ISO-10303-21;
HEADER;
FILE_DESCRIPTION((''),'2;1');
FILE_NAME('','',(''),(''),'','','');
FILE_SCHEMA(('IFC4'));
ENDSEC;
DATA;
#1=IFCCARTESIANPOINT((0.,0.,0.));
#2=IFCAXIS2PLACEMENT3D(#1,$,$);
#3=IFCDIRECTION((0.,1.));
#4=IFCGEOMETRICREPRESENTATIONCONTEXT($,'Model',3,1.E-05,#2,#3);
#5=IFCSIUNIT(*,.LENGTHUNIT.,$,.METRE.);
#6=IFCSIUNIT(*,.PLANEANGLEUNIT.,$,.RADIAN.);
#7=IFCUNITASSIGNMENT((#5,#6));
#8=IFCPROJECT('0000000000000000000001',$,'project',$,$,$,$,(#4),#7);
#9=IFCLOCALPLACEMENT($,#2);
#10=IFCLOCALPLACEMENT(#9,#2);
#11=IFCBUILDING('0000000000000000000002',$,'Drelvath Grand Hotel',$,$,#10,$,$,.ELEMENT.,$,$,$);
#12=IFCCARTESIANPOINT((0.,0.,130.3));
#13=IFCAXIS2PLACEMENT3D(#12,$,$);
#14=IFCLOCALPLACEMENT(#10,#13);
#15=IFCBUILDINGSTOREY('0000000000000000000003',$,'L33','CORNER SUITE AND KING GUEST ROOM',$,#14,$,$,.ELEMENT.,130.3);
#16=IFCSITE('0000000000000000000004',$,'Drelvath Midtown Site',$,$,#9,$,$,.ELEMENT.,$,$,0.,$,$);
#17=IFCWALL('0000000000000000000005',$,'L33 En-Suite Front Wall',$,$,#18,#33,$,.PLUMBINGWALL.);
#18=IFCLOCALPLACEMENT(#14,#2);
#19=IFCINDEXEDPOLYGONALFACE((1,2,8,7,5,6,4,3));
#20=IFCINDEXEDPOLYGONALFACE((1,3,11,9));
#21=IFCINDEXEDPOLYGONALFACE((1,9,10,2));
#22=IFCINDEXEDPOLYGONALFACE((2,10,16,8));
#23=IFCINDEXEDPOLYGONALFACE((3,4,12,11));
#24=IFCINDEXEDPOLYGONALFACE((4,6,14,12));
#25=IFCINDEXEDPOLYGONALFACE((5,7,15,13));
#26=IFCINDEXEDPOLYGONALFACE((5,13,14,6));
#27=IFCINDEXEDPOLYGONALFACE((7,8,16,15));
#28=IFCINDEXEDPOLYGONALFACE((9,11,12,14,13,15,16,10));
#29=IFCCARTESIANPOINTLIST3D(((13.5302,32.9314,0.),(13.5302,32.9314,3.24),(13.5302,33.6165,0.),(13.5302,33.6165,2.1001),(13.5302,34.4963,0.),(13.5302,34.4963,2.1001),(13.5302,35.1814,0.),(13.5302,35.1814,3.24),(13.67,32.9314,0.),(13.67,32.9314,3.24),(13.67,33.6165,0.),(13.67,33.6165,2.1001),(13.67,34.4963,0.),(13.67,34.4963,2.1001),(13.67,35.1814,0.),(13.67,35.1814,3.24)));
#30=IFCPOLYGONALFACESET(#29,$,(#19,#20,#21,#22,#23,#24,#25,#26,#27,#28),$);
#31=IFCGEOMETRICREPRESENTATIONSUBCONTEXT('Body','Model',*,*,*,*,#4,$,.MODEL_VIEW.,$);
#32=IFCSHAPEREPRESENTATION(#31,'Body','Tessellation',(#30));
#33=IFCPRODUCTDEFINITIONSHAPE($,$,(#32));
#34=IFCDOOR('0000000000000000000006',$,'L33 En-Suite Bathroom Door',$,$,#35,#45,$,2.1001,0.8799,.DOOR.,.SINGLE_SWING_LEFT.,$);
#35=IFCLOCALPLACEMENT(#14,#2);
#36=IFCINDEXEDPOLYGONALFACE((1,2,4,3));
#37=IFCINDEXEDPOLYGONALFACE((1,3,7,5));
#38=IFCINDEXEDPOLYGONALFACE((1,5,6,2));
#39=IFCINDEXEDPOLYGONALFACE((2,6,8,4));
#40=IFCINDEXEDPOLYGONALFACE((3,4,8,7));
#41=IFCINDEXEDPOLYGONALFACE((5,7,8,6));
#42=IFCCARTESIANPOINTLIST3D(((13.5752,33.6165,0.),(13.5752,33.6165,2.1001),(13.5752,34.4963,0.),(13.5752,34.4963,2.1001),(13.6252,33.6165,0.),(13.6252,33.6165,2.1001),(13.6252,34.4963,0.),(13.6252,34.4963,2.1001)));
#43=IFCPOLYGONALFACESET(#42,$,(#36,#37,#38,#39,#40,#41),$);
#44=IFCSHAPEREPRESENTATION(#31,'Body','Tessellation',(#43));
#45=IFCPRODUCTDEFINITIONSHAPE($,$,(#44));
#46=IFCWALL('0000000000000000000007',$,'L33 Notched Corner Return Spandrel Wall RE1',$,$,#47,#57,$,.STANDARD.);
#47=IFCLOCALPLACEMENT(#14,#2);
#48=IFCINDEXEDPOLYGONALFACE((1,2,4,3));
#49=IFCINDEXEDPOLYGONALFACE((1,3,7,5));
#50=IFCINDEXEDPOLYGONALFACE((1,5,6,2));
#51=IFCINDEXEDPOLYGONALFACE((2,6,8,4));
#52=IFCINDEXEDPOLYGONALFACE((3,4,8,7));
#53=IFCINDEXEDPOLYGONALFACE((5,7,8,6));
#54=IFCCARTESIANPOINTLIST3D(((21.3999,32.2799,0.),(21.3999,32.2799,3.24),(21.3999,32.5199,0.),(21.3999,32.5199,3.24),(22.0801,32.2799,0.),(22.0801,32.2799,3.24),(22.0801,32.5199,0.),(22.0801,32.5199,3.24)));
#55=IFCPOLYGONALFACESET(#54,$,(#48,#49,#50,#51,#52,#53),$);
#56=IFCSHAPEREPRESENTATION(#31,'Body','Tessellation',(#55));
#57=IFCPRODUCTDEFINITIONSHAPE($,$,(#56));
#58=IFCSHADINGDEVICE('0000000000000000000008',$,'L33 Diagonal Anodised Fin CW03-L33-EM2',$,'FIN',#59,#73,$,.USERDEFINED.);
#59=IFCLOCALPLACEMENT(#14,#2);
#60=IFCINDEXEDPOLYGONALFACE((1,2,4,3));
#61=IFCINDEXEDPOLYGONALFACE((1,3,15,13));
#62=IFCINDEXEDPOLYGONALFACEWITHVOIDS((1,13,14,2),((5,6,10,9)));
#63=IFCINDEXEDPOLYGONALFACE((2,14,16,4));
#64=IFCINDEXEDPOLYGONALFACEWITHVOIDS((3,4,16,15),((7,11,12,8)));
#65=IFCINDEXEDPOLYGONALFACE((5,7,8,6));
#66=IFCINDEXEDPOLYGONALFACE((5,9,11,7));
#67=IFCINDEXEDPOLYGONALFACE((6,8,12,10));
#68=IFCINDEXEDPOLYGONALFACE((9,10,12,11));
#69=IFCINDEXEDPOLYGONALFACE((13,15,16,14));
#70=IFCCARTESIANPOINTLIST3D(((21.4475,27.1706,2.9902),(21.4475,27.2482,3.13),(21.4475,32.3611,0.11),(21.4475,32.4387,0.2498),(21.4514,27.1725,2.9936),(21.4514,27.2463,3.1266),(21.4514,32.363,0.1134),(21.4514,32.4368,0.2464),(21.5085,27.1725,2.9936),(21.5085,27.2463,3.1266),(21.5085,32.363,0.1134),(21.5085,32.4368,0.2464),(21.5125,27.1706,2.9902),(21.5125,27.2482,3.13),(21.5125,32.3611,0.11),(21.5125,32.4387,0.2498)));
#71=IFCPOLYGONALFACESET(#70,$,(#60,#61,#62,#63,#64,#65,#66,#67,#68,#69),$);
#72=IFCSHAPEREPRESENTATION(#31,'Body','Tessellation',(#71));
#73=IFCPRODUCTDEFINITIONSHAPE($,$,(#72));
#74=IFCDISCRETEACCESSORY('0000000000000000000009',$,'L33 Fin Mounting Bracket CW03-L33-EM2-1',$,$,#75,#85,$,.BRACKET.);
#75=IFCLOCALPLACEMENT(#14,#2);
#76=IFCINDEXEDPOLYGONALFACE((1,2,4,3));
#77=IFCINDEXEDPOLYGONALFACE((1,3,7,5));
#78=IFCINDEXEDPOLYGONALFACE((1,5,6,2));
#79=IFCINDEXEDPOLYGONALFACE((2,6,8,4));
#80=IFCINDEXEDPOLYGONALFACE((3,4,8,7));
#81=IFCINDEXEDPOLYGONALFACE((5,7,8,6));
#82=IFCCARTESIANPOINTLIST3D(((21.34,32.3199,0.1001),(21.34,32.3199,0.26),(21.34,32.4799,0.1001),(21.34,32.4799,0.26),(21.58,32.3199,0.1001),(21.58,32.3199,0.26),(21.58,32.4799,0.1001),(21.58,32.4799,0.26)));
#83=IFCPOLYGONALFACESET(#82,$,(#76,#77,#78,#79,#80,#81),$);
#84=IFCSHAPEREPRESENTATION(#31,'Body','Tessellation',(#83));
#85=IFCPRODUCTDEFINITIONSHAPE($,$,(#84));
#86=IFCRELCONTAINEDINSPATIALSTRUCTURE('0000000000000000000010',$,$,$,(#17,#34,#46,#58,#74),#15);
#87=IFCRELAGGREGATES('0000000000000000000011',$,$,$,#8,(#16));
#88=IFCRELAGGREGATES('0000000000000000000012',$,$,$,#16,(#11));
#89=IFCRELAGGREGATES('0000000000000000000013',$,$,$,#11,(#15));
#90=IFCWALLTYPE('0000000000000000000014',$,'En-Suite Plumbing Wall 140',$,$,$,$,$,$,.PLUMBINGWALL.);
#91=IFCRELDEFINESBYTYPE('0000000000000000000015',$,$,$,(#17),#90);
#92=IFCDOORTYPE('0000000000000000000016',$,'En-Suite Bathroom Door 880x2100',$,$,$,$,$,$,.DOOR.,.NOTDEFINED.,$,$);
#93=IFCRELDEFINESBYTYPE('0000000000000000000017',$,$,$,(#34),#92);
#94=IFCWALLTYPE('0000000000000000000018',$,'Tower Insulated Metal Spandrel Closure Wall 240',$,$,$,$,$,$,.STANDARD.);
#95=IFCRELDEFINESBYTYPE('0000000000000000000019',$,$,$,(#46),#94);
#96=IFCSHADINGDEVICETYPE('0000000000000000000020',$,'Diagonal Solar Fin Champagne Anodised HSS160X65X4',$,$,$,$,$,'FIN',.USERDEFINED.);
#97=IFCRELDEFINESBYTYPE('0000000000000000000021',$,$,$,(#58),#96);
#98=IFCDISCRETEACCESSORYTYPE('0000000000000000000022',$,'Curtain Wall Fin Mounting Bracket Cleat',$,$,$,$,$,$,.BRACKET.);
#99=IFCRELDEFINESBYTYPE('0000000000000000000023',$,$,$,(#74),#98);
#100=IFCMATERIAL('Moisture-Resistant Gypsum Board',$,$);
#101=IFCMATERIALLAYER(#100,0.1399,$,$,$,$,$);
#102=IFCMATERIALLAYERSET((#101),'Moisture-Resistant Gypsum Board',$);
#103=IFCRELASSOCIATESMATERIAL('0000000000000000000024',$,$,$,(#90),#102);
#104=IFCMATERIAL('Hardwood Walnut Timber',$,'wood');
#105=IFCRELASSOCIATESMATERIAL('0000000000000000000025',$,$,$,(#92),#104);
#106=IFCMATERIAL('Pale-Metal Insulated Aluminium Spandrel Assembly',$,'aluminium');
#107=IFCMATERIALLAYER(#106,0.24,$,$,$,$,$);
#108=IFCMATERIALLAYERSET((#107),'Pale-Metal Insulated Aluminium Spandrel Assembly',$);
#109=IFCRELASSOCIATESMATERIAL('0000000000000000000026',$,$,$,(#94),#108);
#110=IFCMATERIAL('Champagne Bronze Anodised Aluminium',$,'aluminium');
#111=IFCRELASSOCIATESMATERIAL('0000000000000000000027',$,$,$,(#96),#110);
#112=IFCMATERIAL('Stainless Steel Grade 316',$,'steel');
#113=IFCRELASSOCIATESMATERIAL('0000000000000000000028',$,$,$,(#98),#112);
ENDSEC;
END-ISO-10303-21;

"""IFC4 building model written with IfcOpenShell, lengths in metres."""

from ifc_helpers import new_model, si_unit, direction, frame, frame_2d, origin, origin_2d, place, context, subcontext, project, spatial, rectangle, hollow_rectangle, extrude, material, layer, layer_set, material_profile, profile_set, type_object, element, fill, save


model = new_model("IFC4")

# Units and contexts
model_context = context("Model", 3, precision=1e-05, world=origin(), true_north=direction((0.0, 1.0)))
body_context = subcontext(model_context, "Body", "Model", "MODEL_VIEW")
ifc_project = project(units=[si_unit("LENGTHUNIT", "METRE"), si_unit("PLANEANGLEUNIT", "RADIAN")], contexts=[model_context])

# Site, building, storey
site_placement = place(None, origin())
site = spatial("IfcSite", under=ifc_project, at=site_placement, Name="Drelvath Midtown Site", CompositionType="ELEMENT", RefElevation=0.0)
building_placement = place(site_placement, origin())
building = spatial("IfcBuilding", under=site, at=building_placement, Name="Drelvath Grand Hotel", CompositionType="ELEMENT")
storey_placement = place(building_placement, frame((0.0, 0.0, 130.3)))
storey = spatial("IfcBuildingStorey", under=building, at=storey_placement, Name="L33", Description="CORNER SUITE AND KING GUEST ROOM", CompositionType="ELEMENT", Elevation=130.3)

# Wall, opening, door
ifc_material_1 = material(Name="Moisture-Resistant Gypsum Board")
ifc_layer_1 = layer(ifc_material_1, 0.1399)
ifc_layer_set_1 = layer_set([ifc_layer_1], Name="Moisture-Resistant Gypsum Board")
wall_type_1 = type_object("IfcWallType", Name="En-Suite Plumbing Wall 140", PredefinedType="PLUMBINGWALL", material=ifc_layer_set_1)
ifc_material_2 = material(Name="Hardwood Walnut Timber", Category="wood")
door_type = type_object("IfcDoorType", Name="En-Suite Bathroom Door 880x2100", OperationType="NOTDEFINED", PredefinedType="DOOR", material=ifc_material_2)
wall_1_placement = place(storey_placement, frame((13.6001, 32.9314, 0.0), z_axis=(0.0, 0.0, 1.0), x_axis=(0.0, 1.0, 0.0)))
wall_1 = element("IfcWall", 1, at=wall_1_placement, inside=storey, type_object=wall_type_1, Name="L33 En-Suite Front Wall", PredefinedType="PLUMBINGWALL", context=body_context, shape_type="SweptSolid", body=[
    extrude(rectangle(XDim=2.25, YDim=0.1399, at=frame_2d((1.125, 0.0))), origin(), (0.0, 0.0, 1.0), 3.24),
])
opening_1_placement = place(wall_1_placement, frame((0.6851, 0.0, 0.0)))
opening_1 = element("IfcOpeningElement", 2, at=opening_1_placement, cuts=wall_1, PredefinedType="OPENING", context=body_context, shape_type="SweptSolid", body=[
    extrude(rectangle(XDim=0.8799, YDim=2.1001, at=frame_2d((0.4399, 1.05))), frame((0.0, 0.0798, 0.0), z_axis=(0.0, -1.0, 0.0), x_axis=(1.0, 0.0, 0.0)), (0.0, 0.0, 1.0), 0.1599),
])
door_1_placement = place(opening_1_placement, origin())
door_1 = element("IfcDoor", 3, at=door_1_placement, inside=storey, type_object=door_type, Name="L33 En-Suite Bathroom Door", OperationType="SINGLE_SWING_LEFT", OverallHeight=2.1001, OverallWidth=0.8799, PredefinedType="DOOR", context=body_context, shape_type="SweptSolid", body=[
    extrude(rectangle(XDim=0.8799, YDim=2.1001, at=frame_2d((0.4399, 1.05))), frame((0.0, 0.0249, 0.0), z_axis=(0.0, -1.0, 0.0), x_axis=(1.0, 0.0, 0.0)), (0.0, 0.0, 1.0), 0.05),
])
fill(opening_1, door_1)

# Wall
ifc_material_3 = material(Name="Pale-Metal Insulated Aluminium Spandrel Assembly", Category="aluminium")
ifc_layer_2 = layer(ifc_material_3, 0.24)
ifc_layer_set_2 = layer_set([ifc_layer_2], Name="Pale-Metal Insulated Aluminium Spandrel Assembly")
wall_type_2 = type_object("IfcWallType", Name="Tower Insulated Metal Spandrel Closure Wall 240", PredefinedType="STANDARD", material=ifc_layer_set_2)
wall_2_placement = place(storey_placement, frame((22.0801, 32.3999, 0.0), z_axis=(0.0, 0.0, 1.0), x_axis=(-1.0, 0.0, 0.0)))
element("IfcWall", 4, at=wall_2_placement, inside=storey, type_object=wall_type_2, Name="L33 Notched Corner Return Spandrel Wall RE1", PredefinedType="STANDARD", context=body_context, shape_type="SweptSolid", body=[
    extrude(rectangle(XDim=0.6802, YDim=0.24, at=frame_2d((0.3401, 0.0))), origin(), (0.0, 0.0, 1.0), 3.24),
])

# Shading device
ifc_material_4 = material(Name="Champagne Bronze Anodised Aluminium", Category="aluminium")
ifc_material_profile_1 = material_profile(ifc_material_4, hollow_rectangle(XDim=0.0649, YDim=0.1599, WallThickness=0.0039, at=origin_2d()), Name="HSS160X65X4")
ifc_profile_set_1 = profile_set([ifc_material_profile_1], Name="Champagne Bronze Anodised Aluminium")
shading_device_type = type_object("IfcShadingDeviceType", Name="Diagonal Solar Fin Champagne Anodised HSS160X65X4", ElementType="FIN", PredefinedType="USERDEFINED", material=ifc_profile_set_1)
shading_device_placement = place(storey_placement, frame((21.48, 32.3999, 0.1799), z_axis=(0.0, -0.874404, 0.485199), x_axis=(1.0, 0.0, 0.0)))
element("IfcShadingDevice", 5, at=shading_device_placement, inside=storey, type_object=shading_device_type, Name="L33 Diagonal Anodised Fin CW03-L33-EM2", ObjectType="FIN", PredefinedType="USERDEFINED", context=body_context, shape_type="SweptSolid", body=[
    extrude(hollow_rectangle(XDim=0.0649, YDim=0.1599, WallThickness=0.0039, at=origin_2d()), origin(), (0.0, 0.0, 1.0), 5.936),
])

# Discrete accessory
ifc_material_5 = material(Name="Stainless Steel Grade 316", Category="steel")
discrete_accessory_type = type_object("IfcDiscreteAccessoryType", Name="Curtain Wall Fin Mounting Bracket Cleat", PredefinedType="BRACKET", material=ifc_material_5)
discrete_accessory_placement = place(storey_placement, frame((21.46, 32.3999, 0.1001), z_axis=(0.0, 0.0, 1.0), x_axis=(0.0, -1.0, 0.0)))
element("IfcDiscreteAccessory", 6, at=discrete_accessory_placement, inside=storey, type_object=discrete_accessory_type, Name="L33 Fin Mounting Bracket CW03-L33-EM2-1", PredefinedType="BRACKET", context=body_context, shape_type="SweptSolid", body=[
    extrude(rectangle(XDim=0.1599, YDim=0.24, at=origin_2d()), origin(), (0.0, 0.0, 1.0), 0.1599),
])

save(model, "model.ifc")
